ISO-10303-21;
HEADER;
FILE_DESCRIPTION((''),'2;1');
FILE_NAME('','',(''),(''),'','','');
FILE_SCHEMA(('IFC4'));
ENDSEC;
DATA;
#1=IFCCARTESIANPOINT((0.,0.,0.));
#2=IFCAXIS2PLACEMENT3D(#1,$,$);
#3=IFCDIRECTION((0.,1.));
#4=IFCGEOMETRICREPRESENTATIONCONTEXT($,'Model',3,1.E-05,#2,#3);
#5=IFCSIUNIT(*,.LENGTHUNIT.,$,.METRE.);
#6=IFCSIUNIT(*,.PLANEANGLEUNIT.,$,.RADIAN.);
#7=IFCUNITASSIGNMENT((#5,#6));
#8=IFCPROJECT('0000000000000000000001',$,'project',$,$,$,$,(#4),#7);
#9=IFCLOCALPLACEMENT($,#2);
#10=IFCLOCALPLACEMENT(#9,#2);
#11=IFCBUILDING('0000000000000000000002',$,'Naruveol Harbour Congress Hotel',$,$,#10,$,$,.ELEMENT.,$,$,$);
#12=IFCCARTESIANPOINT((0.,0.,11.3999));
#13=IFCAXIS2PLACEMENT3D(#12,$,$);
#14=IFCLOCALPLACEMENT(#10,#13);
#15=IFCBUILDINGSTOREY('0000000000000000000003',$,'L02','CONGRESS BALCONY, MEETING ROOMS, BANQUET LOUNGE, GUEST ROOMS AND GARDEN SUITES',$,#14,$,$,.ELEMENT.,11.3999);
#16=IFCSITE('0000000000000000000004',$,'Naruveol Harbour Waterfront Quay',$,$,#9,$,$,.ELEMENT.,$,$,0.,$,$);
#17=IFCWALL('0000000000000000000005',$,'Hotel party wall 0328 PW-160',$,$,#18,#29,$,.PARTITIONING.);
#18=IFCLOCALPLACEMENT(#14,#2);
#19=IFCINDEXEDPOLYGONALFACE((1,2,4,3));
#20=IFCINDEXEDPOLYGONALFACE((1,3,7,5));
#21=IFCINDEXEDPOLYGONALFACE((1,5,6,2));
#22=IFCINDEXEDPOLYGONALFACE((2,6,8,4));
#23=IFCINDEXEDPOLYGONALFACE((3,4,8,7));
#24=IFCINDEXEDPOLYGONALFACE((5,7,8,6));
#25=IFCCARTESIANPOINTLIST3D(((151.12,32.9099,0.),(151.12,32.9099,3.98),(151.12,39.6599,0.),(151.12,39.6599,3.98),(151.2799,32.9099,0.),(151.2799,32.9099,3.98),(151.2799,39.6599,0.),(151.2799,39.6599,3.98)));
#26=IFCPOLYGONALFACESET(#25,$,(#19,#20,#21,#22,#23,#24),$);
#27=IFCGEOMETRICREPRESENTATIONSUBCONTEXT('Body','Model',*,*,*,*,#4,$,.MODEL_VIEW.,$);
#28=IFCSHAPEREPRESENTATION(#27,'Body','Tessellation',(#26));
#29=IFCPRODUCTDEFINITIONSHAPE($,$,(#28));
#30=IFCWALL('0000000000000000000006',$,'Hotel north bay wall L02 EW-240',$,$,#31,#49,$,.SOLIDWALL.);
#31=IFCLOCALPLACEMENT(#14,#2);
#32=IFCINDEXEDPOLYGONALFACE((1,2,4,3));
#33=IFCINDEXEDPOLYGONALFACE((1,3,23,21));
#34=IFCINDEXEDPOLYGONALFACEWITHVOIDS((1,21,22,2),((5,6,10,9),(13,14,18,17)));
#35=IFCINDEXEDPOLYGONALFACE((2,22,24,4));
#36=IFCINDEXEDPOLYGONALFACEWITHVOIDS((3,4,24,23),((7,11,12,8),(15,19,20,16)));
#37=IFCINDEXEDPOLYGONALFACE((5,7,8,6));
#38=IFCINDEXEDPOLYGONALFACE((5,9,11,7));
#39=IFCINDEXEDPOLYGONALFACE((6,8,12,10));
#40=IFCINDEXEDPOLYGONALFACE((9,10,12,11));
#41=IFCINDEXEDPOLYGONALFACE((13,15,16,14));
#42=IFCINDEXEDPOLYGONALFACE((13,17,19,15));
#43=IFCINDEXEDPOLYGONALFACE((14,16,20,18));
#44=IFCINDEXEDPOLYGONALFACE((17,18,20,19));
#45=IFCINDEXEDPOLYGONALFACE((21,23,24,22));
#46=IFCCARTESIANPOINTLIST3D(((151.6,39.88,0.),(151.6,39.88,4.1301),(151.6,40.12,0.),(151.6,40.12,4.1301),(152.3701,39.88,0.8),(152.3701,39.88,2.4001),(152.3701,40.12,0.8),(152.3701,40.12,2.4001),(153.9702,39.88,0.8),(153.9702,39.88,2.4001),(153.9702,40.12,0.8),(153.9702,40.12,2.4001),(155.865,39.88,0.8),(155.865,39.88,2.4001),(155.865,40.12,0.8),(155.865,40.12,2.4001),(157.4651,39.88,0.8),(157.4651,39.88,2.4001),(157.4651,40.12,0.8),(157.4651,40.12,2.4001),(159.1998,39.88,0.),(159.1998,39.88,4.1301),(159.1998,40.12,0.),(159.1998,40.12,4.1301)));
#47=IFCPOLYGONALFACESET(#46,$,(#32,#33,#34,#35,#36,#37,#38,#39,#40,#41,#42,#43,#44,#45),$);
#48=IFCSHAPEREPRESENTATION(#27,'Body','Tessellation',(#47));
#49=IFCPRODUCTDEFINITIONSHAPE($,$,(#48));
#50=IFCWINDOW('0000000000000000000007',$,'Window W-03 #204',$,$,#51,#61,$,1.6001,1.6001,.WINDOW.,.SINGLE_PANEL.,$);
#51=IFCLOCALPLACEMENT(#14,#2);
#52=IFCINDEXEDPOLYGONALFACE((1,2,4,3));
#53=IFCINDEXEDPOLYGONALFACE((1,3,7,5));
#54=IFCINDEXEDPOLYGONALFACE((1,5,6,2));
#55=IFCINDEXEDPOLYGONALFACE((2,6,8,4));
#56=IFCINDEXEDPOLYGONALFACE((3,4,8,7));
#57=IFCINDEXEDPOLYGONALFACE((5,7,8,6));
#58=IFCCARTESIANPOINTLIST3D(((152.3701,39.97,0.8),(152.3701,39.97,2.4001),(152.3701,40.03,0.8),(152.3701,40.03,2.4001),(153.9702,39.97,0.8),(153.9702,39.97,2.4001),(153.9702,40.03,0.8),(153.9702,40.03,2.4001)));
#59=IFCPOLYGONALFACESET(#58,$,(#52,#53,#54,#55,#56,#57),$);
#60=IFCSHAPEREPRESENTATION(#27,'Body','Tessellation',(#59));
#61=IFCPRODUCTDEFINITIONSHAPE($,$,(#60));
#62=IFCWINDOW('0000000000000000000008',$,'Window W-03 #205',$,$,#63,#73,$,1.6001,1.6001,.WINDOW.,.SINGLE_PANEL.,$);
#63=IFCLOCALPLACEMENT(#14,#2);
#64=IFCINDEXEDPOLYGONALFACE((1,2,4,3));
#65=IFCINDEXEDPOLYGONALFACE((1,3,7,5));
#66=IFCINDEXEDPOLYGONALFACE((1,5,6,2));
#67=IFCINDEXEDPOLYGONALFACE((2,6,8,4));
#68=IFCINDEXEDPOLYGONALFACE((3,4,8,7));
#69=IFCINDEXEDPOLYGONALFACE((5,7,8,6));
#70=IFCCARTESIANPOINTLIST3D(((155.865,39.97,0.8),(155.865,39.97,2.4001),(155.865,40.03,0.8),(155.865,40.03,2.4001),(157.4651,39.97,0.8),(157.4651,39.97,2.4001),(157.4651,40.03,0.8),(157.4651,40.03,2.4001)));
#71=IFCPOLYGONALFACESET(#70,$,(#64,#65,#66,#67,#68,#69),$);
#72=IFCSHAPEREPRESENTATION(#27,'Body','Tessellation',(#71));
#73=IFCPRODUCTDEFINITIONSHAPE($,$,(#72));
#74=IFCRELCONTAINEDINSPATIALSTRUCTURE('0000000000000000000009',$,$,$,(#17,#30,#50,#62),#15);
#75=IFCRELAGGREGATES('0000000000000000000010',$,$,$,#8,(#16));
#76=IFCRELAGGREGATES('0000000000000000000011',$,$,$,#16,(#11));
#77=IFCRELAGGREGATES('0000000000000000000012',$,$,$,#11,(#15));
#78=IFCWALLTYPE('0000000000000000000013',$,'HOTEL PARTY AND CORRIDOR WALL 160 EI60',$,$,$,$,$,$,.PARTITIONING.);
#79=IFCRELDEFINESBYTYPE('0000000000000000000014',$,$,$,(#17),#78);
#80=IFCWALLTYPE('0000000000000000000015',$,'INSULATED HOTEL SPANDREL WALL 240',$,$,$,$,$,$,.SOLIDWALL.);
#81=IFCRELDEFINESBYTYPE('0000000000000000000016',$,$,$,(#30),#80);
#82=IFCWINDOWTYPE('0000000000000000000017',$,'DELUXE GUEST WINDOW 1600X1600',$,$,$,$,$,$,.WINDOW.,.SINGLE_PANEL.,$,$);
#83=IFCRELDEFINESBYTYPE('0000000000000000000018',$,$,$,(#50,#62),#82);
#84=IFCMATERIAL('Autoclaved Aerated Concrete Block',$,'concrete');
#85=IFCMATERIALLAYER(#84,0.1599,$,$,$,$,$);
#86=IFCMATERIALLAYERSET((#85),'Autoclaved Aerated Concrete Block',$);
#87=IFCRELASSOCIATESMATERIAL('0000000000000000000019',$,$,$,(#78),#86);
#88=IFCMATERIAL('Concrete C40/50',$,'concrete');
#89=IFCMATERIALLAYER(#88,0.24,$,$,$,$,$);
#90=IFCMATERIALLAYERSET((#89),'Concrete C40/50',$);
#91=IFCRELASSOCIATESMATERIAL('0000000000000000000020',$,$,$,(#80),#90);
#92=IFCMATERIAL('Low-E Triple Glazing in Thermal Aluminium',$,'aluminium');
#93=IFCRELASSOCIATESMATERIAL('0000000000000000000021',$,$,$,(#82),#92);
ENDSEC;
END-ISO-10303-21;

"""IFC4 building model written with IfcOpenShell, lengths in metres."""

from ifc_helpers import new_model, si_unit, direction, frame, frame_2d, origin, place, context, subcontext, project, spatial, rectangle, extrude, material, layer, layer_set, type_object, element, fill, save


model = new_model("IFC4")

# Units and contexts
model_context = context("Model", 3, precision=1e-05, world=origin(), true_north=direction((0.0, 1.0)))
body_context = subcontext(model_context, "Body", "Model", "MODEL_VIEW")
ifc_project = project(units=[si_unit("LENGTHUNIT", "METRE"), si_unit("PLANEANGLEUNIT", "RADIAN")], contexts=[model_context])

# Site, building, storey
site_placement = place(None, origin())
site = spatial("IfcSite", under=ifc_project, at=site_placement, Name="Naruveol Harbour Waterfront Quay", CompositionType="ELEMENT", RefElevation=0.0)
building_placement = place(site_placement, origin())
building = spatial("IfcBuilding", under=site, at=building_placement, Name="Naruveol Harbour Congress Hotel", CompositionType="ELEMENT")
storey_placement = place(building_placement, frame((0.0, 0.0, 11.3999)))
storey = spatial("IfcBuildingStorey", under=building, at=storey_placement, Name="L02", Description="CONGRESS BALCONY, MEETING ROOMS, BANQUET LOUNGE, GUEST ROOMS AND GARDEN SUITES", CompositionType="ELEMENT", Elevation=11.3999)

# Shared definitions
ifc_material_1 = material(Name="Autoclaved Aerated Concrete Block", Category="concrete")
ifc_layer_1 = layer(ifc_material_1, 0.1599)
ifc_layer_set_1 = layer_set([ifc_layer_1], Name="Autoclaved Aerated Concrete Block")
wall_type_1 = type_object("IfcWallType", Name="HOTEL PARTY AND CORRIDOR WALL 160 EI60", PredefinedType="PARTITIONING", material=ifc_layer_set_1)

# Wall
wall_1_placement = place(storey_placement, frame((151.2, 32.9099, 0.0), z_axis=(0.0, 0.0, 1.0), x_axis=(0.0, 1.0, 0.0)))
element("IfcWall", 1, at=wall_1_placement, inside=storey, type_object=wall_type_1, Name="Hotel party wall 0328 PW-160", PredefinedType="PARTITIONING", context=body_context, shape_type="SweptSolid", body=[
    extrude(rectangle(XDim=6.75, YDim=0.1599, at=frame_2d((3.375, 0.0))), origin(), (0.0, 0.0, 1.0), 3.98),
])

# Wall, openings, windows
ifc_material_2 = material(Name="Concrete C40/50", Category="concrete")
ifc_layer_2 = layer(ifc_material_2, 0.24)
ifc_layer_set_2 = layer_set([ifc_layer_2], Name="Concrete C40/50")
wall_type_2 = type_object("IfcWallType", Name="INSULATED HOTEL SPANDREL WALL 240", PredefinedType="SOLIDWALL", material=ifc_layer_set_2)
wall_2_placement = place(storey_placement, frame((151.6001, 40.0, 0.0), z_axis=(0.0, 0.0, 1.0), x_axis=(1.0, 0.0, 0.0)))
wall_2 = element("IfcWall", 2, at=wall_2_placement, inside=storey, type_object=wall_type_2, Name="Hotel north bay wall L02 EW-240", PredefinedType="SOLIDWALL", context=body_context, shape_type="SweptSolid", body=[
    extrude(rectangle(XDim=7.5999, YDim=0.24, at=frame_2d((3.7998, 0.0))), origin(), (0.0, 0.0, 1.0), 4.1301),
])
opening_1_placement = place(wall_2_placement, frame((0.77, 0.0, 0.8)))
opening_1 = element("IfcOpeningElement", 3, at=opening_1_placement, cuts=wall_2, PredefinedType="OPENING", context=body_context, shape_type="SweptSolid", body=[
    extrude(rectangle(XDim=1.6001, YDim=1.6001, at=frame_2d((0.8, 0.8))), frame((0.0, 0.1299, 0.0), z_axis=(0.0, -1.0, 0.0), x_axis=(1.0, 0.0, 0.0)), (0.0, 0.0, 1.0), 0.26),
])
opening_2_placement = place(wall_2_placement, frame((4.2649, 0.0, 0.8)))
opening_2 = element("IfcOpeningElement", 4, at=opening_2_placement, cuts=wall_2, PredefinedType="OPENING", context=body_context, shape_type="SweptSolid", body=[
    extrude(rectangle(XDim=1.6001, YDim=1.6001, at=frame_2d((0.8, 0.8))), frame((0.0, 0.1299, 0.0), z_axis=(0.0, -1.0, 0.0), x_axis=(1.0, 0.0, 0.0)), (0.0, 0.0, 1.0), 0.26),
])
ifc_material_3 = material(Name="Low-E Triple Glazing in Thermal Aluminium", Category="aluminium")
window_type = type_object("IfcWindowType", Name="DELUXE GUEST WINDOW 1600X1600", PartitioningType="SINGLE_PANEL", PredefinedType="WINDOW", material=ifc_material_3)
window_1_placement = place(opening_1_placement, origin())
window_1 = element("IfcWindow", 5, at=window_1_placement, inside=storey, type_object=window_type, Name="Window W-03 #204", OverallHeight=1.6001, OverallWidth=1.6001, PartitioningType="SINGLE_PANEL", PredefinedType="WINDOW", context=body_context, shape_type="SweptSolid", body=[
    extrude(rectangle(XDim=1.6001, YDim=1.6001, at=frame_2d((0.8, 0.8))), frame((0.0, 0.03, 0.0), z_axis=(0.0, -1.0, 0.0), x_axis=(1.0, 0.0, 0.0)), (0.0, 0.0, 1.0), 0.0601),
])
fill(opening_1, window_1)
window_2_placement = place(opening_2_placement, origin())
window_2 = element("IfcWindow", 6, at=window_2_placement, inside=storey, type_object=window_type, Name="Window W-03 #205", OverallHeight=1.6001, OverallWidth=1.6001, PartitioningType="SINGLE_PANEL", PredefinedType="WINDOW", context=body_context, shape_type="SweptSolid", body=[
    extrude(rectangle(XDim=1.6001, YDim=1.6001, at=frame_2d((0.8, 0.8))), frame((0.0, 0.03, 0.0), z_axis=(0.0, -1.0, 0.0), x_axis=(1.0, 0.0, 0.0)), (0.0, 0.0, 1.0), 0.0601),
])
fill(opening_2, window_2)

save(model, "model.ifc")
